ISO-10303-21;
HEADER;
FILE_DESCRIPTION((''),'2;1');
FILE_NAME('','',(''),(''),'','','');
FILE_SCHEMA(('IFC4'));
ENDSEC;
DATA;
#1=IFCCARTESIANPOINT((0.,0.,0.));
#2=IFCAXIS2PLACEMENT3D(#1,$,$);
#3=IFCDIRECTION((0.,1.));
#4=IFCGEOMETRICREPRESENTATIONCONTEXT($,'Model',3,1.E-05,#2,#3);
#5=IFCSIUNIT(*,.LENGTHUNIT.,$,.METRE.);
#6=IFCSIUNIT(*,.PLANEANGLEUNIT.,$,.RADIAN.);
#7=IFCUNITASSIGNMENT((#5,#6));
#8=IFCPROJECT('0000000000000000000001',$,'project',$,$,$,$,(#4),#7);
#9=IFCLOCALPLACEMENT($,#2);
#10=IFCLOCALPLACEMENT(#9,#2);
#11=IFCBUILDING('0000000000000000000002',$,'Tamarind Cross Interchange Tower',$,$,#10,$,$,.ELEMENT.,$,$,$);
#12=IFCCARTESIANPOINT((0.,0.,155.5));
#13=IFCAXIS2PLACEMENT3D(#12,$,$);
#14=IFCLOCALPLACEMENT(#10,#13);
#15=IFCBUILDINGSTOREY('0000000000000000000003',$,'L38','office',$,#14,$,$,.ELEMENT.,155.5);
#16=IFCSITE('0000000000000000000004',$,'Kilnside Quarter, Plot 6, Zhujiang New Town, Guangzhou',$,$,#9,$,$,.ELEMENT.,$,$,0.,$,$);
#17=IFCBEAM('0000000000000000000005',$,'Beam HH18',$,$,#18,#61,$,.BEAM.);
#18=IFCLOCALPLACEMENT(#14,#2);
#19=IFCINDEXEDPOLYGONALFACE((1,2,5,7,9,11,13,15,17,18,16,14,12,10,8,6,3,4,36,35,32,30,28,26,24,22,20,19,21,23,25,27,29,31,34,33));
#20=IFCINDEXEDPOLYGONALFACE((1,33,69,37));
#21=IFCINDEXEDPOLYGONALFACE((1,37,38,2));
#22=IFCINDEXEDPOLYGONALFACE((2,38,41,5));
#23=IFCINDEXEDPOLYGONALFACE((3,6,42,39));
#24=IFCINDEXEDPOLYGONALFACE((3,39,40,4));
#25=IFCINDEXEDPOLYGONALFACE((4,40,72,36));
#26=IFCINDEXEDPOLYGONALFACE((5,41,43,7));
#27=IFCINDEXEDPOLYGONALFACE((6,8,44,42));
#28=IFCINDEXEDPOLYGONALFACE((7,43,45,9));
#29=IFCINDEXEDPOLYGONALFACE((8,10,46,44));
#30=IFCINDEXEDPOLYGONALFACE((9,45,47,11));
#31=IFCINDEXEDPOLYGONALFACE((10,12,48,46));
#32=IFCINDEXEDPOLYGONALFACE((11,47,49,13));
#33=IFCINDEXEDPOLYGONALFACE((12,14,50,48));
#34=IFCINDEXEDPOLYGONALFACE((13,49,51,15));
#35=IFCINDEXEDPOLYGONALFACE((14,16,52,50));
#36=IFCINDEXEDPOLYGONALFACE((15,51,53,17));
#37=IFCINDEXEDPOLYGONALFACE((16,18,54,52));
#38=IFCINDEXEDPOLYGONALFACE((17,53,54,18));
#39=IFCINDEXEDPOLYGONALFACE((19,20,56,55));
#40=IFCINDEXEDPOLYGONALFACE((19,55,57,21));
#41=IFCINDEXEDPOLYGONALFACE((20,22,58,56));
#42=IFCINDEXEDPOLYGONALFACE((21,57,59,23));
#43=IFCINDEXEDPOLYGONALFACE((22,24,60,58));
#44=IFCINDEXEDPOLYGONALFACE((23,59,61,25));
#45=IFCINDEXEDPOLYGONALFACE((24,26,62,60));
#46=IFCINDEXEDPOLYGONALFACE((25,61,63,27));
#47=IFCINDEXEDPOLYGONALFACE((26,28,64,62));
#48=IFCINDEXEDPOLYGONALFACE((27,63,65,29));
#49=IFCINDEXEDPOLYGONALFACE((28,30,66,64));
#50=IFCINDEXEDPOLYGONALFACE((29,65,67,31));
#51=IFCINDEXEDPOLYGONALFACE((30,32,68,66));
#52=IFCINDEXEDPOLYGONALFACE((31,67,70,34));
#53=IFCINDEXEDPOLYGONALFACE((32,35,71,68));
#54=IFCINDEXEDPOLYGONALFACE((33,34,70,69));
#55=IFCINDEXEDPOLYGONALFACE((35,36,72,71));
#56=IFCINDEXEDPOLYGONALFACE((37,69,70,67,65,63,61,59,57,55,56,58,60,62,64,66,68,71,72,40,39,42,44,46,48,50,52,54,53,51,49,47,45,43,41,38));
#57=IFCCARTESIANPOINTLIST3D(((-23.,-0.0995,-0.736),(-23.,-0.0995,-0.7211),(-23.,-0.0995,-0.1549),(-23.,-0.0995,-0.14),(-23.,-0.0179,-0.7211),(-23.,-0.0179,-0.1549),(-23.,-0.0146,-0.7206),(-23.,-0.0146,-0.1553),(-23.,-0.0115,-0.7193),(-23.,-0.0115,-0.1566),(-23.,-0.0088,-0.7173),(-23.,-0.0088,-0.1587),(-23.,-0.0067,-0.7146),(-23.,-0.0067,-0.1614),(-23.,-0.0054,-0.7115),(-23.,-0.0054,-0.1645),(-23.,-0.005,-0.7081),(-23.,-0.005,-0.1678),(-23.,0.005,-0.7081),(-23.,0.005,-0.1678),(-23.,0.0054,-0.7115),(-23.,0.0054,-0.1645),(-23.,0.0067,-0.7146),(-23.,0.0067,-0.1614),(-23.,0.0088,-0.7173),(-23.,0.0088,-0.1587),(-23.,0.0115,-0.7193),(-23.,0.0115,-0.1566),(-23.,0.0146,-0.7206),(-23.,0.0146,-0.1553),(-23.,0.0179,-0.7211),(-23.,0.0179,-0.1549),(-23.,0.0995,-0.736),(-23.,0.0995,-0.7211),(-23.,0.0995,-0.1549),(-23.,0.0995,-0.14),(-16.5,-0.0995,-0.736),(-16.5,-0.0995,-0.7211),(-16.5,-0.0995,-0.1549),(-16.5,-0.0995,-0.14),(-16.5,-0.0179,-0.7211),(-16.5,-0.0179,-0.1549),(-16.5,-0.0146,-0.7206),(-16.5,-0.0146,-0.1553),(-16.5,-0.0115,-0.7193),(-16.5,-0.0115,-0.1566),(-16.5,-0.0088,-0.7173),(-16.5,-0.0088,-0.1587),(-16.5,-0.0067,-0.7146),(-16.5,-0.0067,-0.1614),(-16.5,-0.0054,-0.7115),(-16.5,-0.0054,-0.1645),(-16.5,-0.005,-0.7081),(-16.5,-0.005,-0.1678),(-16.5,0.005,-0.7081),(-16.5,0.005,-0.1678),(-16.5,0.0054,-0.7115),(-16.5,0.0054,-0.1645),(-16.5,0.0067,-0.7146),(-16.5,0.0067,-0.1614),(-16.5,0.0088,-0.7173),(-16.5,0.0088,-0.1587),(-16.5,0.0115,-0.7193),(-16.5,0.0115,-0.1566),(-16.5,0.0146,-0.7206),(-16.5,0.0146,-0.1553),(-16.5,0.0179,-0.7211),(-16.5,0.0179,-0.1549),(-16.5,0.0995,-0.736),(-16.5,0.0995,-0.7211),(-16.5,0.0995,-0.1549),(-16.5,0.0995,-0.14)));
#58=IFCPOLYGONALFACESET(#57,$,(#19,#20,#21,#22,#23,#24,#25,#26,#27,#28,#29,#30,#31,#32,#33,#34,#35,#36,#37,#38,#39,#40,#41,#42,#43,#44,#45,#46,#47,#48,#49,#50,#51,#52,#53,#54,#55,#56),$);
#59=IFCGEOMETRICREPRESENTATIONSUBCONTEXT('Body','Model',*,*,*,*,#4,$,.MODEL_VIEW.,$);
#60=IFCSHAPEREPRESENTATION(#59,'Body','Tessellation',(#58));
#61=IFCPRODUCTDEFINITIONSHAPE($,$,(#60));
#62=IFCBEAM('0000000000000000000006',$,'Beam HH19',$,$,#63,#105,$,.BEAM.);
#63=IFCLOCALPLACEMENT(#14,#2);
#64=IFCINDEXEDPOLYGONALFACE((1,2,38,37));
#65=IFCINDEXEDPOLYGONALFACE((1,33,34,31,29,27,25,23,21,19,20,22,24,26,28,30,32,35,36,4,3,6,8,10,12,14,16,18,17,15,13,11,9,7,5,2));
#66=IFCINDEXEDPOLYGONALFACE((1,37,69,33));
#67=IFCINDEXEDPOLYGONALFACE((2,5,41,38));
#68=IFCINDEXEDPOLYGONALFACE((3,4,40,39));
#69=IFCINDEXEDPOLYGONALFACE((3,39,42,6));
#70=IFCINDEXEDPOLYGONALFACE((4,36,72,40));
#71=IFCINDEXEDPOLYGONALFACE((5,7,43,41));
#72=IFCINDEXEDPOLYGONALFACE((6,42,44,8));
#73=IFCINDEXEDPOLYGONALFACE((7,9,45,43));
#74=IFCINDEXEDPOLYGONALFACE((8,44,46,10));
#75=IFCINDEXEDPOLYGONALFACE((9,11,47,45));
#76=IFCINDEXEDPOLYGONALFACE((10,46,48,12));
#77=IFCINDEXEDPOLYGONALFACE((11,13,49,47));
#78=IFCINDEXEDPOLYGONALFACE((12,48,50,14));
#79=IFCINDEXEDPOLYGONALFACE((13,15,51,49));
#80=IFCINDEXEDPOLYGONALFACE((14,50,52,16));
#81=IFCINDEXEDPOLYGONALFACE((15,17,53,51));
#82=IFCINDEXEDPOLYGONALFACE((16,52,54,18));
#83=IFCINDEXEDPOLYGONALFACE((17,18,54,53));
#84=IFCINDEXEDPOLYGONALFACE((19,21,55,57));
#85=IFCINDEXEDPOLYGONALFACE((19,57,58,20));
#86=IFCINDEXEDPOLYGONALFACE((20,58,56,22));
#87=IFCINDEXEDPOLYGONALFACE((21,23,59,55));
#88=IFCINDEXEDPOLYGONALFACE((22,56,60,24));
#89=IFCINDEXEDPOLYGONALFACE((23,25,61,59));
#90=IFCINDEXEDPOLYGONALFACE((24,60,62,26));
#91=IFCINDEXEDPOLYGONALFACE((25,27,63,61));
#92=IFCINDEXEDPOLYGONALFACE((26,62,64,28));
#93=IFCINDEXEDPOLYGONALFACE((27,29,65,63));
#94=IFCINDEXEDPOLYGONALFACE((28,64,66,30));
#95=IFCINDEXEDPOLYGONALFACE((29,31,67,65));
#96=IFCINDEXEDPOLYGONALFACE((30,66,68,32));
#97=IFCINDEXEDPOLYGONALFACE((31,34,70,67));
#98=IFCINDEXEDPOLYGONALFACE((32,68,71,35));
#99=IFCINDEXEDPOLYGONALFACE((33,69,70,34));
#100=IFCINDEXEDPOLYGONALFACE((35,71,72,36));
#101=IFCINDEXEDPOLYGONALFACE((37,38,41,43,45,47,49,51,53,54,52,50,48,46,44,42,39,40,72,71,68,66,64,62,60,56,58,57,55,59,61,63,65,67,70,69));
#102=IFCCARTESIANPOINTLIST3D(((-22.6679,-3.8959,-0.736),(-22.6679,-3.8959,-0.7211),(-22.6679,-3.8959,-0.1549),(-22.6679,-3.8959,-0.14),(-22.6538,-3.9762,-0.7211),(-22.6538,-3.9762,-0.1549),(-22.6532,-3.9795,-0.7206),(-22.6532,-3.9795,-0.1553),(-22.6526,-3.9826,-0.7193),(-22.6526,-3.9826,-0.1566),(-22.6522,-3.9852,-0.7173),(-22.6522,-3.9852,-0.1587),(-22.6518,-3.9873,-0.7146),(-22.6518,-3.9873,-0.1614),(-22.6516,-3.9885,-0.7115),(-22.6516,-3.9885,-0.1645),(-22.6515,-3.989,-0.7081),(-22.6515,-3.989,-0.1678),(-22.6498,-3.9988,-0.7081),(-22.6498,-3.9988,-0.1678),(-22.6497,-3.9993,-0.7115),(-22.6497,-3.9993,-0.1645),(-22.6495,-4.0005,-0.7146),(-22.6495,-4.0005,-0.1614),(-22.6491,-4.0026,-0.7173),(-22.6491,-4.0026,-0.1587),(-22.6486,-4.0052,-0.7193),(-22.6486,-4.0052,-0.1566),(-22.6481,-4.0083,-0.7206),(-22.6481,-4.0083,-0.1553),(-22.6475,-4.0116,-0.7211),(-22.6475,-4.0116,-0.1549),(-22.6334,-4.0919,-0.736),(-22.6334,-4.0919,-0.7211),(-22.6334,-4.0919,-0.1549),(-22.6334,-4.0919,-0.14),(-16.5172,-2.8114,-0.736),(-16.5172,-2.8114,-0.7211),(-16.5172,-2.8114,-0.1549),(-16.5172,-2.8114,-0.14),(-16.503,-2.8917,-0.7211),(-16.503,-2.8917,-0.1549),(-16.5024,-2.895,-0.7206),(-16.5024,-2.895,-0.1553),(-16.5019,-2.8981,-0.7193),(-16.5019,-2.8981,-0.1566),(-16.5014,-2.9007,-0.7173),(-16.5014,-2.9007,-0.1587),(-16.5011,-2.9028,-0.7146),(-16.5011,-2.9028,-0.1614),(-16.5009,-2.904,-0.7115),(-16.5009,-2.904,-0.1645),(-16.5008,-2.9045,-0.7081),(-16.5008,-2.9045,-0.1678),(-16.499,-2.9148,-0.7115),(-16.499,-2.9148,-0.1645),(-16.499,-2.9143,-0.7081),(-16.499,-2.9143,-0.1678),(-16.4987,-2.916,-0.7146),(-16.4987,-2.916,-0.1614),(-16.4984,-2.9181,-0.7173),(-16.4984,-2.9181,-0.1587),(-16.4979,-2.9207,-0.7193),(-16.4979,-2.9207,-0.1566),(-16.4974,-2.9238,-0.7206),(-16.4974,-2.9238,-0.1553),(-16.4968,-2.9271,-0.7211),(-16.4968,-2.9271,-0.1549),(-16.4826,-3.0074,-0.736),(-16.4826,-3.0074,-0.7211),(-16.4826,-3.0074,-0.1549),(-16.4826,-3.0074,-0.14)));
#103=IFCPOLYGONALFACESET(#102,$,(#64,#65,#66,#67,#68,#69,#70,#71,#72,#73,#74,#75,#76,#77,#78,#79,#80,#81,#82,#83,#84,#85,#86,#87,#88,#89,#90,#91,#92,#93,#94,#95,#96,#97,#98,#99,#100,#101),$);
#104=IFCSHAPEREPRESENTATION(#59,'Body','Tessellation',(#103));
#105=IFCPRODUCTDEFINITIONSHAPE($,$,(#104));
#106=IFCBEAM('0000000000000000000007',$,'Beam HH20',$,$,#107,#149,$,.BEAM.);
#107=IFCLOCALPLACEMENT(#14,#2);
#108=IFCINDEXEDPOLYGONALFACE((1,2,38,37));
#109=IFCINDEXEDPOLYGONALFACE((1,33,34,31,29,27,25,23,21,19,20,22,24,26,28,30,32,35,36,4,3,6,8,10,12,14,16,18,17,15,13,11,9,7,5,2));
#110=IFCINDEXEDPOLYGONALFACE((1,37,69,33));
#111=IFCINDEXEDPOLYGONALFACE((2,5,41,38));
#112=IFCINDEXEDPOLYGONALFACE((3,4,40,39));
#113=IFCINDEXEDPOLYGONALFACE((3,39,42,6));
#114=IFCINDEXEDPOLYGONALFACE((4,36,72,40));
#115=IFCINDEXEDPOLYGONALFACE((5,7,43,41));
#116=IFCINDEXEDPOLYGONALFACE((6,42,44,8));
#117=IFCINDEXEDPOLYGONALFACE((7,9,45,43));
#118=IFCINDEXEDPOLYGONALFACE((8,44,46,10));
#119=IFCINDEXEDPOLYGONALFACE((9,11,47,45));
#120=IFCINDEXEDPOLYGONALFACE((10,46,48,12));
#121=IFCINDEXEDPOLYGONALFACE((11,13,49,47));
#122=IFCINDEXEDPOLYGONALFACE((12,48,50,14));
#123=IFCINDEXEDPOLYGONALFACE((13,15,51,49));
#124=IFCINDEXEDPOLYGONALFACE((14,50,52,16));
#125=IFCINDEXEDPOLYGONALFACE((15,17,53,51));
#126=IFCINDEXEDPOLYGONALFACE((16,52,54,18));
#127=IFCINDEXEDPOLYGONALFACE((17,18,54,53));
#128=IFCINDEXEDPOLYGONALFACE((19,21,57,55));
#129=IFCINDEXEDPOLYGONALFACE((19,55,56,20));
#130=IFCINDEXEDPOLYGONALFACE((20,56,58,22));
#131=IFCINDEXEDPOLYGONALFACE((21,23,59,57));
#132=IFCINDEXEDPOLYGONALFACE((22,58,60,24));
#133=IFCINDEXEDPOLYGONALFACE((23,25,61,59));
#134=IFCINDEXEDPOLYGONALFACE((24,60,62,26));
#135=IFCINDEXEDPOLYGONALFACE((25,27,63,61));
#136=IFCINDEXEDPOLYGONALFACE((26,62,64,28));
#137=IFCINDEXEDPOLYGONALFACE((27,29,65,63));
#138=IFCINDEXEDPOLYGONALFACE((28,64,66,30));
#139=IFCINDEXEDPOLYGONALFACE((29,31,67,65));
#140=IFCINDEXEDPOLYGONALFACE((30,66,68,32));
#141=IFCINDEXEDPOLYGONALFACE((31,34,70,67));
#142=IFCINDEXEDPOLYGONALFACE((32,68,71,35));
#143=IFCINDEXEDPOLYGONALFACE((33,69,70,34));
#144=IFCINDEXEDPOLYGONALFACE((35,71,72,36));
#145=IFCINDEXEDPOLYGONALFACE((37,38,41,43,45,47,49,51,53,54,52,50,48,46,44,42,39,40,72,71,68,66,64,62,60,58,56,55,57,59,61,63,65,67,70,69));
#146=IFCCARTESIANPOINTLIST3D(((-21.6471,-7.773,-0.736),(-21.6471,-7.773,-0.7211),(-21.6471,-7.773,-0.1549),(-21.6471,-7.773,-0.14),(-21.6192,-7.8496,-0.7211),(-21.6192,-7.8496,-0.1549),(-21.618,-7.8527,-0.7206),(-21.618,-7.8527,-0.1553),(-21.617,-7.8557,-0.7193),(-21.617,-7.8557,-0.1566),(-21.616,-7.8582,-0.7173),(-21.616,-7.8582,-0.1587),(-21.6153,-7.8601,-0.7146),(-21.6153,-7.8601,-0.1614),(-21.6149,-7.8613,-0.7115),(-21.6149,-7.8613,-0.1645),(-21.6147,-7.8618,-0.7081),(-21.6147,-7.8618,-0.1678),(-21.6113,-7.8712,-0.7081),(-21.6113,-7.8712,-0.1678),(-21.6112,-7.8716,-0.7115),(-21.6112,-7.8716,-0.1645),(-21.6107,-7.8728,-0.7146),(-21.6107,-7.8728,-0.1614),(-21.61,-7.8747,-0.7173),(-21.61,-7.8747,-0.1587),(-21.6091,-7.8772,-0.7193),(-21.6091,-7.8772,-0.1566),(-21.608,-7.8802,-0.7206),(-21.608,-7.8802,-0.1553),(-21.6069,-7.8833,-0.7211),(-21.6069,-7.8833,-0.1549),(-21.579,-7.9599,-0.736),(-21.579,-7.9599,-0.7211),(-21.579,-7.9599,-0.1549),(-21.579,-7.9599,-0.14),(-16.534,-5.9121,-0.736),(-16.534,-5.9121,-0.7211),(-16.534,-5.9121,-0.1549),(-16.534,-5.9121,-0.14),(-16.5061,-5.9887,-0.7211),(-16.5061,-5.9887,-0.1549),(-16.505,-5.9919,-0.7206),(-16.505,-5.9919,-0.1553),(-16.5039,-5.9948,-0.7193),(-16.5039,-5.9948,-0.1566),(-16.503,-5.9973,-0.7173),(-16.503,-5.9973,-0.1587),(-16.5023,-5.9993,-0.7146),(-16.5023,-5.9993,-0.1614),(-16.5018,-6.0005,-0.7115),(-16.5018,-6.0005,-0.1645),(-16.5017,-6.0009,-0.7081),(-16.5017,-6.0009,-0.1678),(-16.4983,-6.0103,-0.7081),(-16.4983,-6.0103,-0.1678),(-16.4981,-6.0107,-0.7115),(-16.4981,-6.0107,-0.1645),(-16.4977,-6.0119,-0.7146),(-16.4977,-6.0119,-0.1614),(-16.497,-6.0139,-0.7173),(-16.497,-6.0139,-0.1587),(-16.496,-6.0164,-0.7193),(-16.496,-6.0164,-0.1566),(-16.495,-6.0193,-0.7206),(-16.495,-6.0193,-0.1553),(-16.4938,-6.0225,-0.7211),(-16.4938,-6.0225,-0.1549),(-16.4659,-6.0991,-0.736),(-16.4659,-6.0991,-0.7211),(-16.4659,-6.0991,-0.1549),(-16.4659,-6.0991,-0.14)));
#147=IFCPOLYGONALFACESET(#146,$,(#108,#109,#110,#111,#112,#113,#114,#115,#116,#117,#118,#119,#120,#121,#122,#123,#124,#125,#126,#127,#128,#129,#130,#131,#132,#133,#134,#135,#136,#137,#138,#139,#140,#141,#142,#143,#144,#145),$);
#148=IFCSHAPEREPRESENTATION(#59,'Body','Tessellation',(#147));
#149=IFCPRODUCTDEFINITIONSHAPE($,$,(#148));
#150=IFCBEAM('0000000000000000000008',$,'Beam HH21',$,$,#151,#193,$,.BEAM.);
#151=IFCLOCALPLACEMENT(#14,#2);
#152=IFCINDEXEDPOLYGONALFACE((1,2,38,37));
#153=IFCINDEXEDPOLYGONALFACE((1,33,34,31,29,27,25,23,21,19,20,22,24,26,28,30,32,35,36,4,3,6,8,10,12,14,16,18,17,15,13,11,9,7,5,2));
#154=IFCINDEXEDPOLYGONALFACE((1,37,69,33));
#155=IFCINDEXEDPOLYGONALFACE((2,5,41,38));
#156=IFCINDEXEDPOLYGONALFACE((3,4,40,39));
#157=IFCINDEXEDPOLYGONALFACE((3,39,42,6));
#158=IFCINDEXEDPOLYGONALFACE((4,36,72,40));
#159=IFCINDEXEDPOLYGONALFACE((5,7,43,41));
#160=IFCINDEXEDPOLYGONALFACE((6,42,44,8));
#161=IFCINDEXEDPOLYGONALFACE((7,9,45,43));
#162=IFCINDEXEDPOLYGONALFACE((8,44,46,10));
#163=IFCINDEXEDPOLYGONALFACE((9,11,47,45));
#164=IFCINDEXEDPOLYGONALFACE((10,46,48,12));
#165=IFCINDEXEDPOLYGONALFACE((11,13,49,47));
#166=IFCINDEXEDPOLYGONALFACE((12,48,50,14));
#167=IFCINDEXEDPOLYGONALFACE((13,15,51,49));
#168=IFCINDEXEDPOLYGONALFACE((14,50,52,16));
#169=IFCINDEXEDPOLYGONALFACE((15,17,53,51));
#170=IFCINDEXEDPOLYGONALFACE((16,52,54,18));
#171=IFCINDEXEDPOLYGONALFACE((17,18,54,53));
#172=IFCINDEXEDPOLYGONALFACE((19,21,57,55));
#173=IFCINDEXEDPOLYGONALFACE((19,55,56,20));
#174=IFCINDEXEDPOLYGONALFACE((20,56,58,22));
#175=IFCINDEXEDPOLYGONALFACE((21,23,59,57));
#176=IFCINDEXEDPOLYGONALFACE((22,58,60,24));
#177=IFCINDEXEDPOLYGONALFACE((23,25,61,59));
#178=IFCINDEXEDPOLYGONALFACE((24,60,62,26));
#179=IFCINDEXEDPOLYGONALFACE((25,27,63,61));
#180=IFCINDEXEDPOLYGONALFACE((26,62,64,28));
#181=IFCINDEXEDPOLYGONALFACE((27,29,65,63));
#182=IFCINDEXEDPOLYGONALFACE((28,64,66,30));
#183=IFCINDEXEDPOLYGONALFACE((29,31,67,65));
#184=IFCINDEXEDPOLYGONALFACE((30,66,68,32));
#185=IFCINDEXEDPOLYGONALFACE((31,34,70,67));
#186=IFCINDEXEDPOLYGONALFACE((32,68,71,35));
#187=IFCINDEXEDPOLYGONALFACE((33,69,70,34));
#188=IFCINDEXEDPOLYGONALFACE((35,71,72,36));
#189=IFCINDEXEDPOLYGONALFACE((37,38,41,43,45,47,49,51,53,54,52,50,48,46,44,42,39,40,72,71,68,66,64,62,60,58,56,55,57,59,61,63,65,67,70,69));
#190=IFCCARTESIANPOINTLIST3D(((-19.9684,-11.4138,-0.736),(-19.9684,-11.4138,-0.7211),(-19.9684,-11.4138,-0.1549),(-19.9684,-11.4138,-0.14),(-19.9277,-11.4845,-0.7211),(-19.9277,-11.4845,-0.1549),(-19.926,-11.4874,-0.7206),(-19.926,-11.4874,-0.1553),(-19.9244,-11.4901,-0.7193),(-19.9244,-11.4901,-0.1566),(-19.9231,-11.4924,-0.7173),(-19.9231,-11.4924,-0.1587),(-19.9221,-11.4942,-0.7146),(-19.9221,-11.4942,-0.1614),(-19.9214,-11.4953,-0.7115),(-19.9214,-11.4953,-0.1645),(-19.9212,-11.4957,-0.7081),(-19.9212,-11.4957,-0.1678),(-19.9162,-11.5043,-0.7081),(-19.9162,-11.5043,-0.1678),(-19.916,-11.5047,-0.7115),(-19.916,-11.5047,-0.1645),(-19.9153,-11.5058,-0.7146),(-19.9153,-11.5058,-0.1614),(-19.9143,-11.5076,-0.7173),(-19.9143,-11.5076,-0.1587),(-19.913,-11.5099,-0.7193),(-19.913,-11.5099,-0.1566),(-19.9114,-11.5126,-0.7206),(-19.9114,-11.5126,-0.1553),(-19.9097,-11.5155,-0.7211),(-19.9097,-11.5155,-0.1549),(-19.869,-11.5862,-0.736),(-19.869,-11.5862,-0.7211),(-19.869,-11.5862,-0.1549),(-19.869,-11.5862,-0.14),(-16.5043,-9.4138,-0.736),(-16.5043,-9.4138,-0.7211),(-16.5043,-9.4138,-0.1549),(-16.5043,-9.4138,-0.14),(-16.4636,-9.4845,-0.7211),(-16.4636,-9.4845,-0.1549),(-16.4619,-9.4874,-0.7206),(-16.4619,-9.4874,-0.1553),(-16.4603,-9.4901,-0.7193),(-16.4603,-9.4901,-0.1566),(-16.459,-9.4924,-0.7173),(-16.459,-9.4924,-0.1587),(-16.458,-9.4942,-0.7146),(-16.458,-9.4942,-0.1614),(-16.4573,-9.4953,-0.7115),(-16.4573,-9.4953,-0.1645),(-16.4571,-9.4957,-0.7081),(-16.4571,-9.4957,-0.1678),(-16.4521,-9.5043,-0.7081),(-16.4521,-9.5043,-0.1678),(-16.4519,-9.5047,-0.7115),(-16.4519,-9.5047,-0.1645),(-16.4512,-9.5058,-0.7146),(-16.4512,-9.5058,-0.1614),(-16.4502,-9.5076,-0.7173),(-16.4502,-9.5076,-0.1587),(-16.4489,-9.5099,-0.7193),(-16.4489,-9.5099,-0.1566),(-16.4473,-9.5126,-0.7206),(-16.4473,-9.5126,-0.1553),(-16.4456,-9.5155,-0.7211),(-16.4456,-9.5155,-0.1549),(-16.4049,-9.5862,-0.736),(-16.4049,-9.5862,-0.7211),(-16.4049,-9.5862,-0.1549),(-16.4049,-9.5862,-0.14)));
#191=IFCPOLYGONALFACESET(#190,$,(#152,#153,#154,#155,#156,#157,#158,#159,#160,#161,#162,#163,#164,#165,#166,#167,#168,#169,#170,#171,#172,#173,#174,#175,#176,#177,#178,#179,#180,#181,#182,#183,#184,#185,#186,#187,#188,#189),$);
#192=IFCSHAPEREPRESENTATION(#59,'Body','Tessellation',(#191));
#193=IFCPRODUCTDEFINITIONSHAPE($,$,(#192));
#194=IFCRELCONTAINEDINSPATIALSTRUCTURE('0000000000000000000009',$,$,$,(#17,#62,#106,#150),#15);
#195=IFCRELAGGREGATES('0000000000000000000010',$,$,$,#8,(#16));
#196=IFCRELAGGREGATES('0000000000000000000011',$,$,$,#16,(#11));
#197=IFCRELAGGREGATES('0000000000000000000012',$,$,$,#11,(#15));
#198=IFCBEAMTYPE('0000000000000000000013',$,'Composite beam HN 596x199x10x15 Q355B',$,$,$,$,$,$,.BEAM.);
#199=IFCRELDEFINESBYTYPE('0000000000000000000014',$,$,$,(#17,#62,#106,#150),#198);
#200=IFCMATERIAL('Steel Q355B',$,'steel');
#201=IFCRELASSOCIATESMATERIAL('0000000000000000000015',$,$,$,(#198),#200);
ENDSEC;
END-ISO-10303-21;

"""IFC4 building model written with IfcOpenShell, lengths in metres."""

from ifc_helpers import new_model, si_unit, direction, frame, origin, origin_2d, place, context, subcontext, project, spatial, i_section, extrude, material, material_profile, profile_set, type_object, element, save


model = new_model("IFC4")

# Units and contexts
model_context = context("Model", 3, precision=1e-05, world=origin(), true_north=direction((0.0, 1.0)))
body_context = subcontext(model_context, "Body", "Model", "MODEL_VIEW")
ifc_project = project(units=[si_unit("LENGTHUNIT", "METRE"), si_unit("PLANEANGLEUNIT", "RADIAN")], contexts=[model_context])

# Site, building, storey
site_placement = place(None, origin())
site = spatial("IfcSite", under=ifc_project, at=site_placement, Name="Kilnside Quarter, Plot 6, Zhujiang New Town, Guangzhou", CompositionType="ELEMENT", RefElevation=0.0)
building_placement = place(site_placement, origin())
building = spatial("IfcBuilding", under=site, at=building_placement, Name="Tamarind Cross Interchange Tower", CompositionType="ELEMENT")
storey_placement = place(building_placement, frame((0.0, 0.0, 155.5)))
storey = spatial("IfcBuildingStorey", under=building, at=storey_placement, Name="L38", Description="office", CompositionType="ELEMENT", Elevation=155.5)

# Beams
ifc_material_1 = material(Name="Steel Q355B", Category="steel")
ifc_material_profile_1 = material_profile(ifc_material_1, i_section(OverallWidth=0.199, OverallDepth=0.5959, WebThickness=0.01, FlangeThickness=0.0149, FilletRadius=0.0129, at=origin_2d()), Name="HN 596x199x10x15")
ifc_profile_set_1 = profile_set([ifc_material_profile_1], Name="Steel Q355B")
beam_type_1 = type_object("IfcBeamType", Name="Composite beam HN 596x199x10x15 Q355B", PredefinedType="BEAM", material=ifc_profile_set_1)
beam_1_placement = place(storey_placement, frame((-23.0, 0.0, -0.438), z_axis=(1.0, 0.0, 0.0), x_axis=(0.0, 1.0, 0.0)))
element("IfcBeam", 1, at=beam_1_placement, inside=storey, type_object=beam_type_1, Name="Beam HH18", PredefinedType="BEAM", context=body_context, shape_type="SweptSolid", body=[
    extrude(i_section(OverallWidth=0.199, OverallDepth=0.5959, WebThickness=0.01, FlangeThickness=0.0149, FilletRadius=0.0129, at=origin_2d()), origin(), (0.0, 0.0, 1.0), 6.5),
])
beam_2_placement = place(storey_placement, frame((-22.6506, -3.9939, -0.438), z_axis=(0.984809, 0.17364, 0.0), x_axis=(-0.17364, 0.984809, 0.0)))
element("IfcBeam", 2, at=beam_2_placement, inside=storey, type_object=beam_type_1, Name="Beam HH19", PredefinedType="BEAM", context=body_context, shape_type="SweptSolid", body=[
    extrude(i_section(OverallWidth=0.199, OverallDepth=0.5959, WebThickness=0.01, FlangeThickness=0.0149, FilletRadius=0.0129, at=origin_2d()), origin(), (0.0, 0.0, 1.0), 6.2456),
])
beam_3_placement = place(storey_placement, frame((-21.613, -7.8665, -0.438), z_axis=(0.939702, 0.341995, 0.0), x_axis=(-0.341995, 0.939702, 0.0)))
element("IfcBeam", 3, at=beam_3_placement, inside=storey, type_object=beam_type_1, Name="Beam HH20", PredefinedType="BEAM", context=body_context, shape_type="SweptSolid", body=[
    extrude(i_section(OverallWidth=0.199, OverallDepth=0.5959, WebThickness=0.01, FlangeThickness=0.0149, FilletRadius=0.0129, at=origin_2d()), origin(), (0.0, 0.0, 1.0), 5.4412),
])
beam_4_placement = place(storey_placement, frame((-19.9187, -11.5, -0.438), z_axis=(0.866026, 0.499999, 0.0), x_axis=(-0.499999, 0.866026, 0.0)))
element("IfcBeam", 4, at=beam_4_placement, inside=storey, type_object=beam_type_1, Name="Beam HH21", PredefinedType="BEAM", context=body_context, shape_type="SweptSolid", body=[
    extrude(i_section(OverallWidth=0.199, OverallDepth=0.5959, WebThickness=0.01, FlangeThickness=0.0149, FilletRadius=0.0129, at=origin_2d()), origin(), (0.0, 0.0, 1.0), 4.0),
])

save(model, "model.ifc")
